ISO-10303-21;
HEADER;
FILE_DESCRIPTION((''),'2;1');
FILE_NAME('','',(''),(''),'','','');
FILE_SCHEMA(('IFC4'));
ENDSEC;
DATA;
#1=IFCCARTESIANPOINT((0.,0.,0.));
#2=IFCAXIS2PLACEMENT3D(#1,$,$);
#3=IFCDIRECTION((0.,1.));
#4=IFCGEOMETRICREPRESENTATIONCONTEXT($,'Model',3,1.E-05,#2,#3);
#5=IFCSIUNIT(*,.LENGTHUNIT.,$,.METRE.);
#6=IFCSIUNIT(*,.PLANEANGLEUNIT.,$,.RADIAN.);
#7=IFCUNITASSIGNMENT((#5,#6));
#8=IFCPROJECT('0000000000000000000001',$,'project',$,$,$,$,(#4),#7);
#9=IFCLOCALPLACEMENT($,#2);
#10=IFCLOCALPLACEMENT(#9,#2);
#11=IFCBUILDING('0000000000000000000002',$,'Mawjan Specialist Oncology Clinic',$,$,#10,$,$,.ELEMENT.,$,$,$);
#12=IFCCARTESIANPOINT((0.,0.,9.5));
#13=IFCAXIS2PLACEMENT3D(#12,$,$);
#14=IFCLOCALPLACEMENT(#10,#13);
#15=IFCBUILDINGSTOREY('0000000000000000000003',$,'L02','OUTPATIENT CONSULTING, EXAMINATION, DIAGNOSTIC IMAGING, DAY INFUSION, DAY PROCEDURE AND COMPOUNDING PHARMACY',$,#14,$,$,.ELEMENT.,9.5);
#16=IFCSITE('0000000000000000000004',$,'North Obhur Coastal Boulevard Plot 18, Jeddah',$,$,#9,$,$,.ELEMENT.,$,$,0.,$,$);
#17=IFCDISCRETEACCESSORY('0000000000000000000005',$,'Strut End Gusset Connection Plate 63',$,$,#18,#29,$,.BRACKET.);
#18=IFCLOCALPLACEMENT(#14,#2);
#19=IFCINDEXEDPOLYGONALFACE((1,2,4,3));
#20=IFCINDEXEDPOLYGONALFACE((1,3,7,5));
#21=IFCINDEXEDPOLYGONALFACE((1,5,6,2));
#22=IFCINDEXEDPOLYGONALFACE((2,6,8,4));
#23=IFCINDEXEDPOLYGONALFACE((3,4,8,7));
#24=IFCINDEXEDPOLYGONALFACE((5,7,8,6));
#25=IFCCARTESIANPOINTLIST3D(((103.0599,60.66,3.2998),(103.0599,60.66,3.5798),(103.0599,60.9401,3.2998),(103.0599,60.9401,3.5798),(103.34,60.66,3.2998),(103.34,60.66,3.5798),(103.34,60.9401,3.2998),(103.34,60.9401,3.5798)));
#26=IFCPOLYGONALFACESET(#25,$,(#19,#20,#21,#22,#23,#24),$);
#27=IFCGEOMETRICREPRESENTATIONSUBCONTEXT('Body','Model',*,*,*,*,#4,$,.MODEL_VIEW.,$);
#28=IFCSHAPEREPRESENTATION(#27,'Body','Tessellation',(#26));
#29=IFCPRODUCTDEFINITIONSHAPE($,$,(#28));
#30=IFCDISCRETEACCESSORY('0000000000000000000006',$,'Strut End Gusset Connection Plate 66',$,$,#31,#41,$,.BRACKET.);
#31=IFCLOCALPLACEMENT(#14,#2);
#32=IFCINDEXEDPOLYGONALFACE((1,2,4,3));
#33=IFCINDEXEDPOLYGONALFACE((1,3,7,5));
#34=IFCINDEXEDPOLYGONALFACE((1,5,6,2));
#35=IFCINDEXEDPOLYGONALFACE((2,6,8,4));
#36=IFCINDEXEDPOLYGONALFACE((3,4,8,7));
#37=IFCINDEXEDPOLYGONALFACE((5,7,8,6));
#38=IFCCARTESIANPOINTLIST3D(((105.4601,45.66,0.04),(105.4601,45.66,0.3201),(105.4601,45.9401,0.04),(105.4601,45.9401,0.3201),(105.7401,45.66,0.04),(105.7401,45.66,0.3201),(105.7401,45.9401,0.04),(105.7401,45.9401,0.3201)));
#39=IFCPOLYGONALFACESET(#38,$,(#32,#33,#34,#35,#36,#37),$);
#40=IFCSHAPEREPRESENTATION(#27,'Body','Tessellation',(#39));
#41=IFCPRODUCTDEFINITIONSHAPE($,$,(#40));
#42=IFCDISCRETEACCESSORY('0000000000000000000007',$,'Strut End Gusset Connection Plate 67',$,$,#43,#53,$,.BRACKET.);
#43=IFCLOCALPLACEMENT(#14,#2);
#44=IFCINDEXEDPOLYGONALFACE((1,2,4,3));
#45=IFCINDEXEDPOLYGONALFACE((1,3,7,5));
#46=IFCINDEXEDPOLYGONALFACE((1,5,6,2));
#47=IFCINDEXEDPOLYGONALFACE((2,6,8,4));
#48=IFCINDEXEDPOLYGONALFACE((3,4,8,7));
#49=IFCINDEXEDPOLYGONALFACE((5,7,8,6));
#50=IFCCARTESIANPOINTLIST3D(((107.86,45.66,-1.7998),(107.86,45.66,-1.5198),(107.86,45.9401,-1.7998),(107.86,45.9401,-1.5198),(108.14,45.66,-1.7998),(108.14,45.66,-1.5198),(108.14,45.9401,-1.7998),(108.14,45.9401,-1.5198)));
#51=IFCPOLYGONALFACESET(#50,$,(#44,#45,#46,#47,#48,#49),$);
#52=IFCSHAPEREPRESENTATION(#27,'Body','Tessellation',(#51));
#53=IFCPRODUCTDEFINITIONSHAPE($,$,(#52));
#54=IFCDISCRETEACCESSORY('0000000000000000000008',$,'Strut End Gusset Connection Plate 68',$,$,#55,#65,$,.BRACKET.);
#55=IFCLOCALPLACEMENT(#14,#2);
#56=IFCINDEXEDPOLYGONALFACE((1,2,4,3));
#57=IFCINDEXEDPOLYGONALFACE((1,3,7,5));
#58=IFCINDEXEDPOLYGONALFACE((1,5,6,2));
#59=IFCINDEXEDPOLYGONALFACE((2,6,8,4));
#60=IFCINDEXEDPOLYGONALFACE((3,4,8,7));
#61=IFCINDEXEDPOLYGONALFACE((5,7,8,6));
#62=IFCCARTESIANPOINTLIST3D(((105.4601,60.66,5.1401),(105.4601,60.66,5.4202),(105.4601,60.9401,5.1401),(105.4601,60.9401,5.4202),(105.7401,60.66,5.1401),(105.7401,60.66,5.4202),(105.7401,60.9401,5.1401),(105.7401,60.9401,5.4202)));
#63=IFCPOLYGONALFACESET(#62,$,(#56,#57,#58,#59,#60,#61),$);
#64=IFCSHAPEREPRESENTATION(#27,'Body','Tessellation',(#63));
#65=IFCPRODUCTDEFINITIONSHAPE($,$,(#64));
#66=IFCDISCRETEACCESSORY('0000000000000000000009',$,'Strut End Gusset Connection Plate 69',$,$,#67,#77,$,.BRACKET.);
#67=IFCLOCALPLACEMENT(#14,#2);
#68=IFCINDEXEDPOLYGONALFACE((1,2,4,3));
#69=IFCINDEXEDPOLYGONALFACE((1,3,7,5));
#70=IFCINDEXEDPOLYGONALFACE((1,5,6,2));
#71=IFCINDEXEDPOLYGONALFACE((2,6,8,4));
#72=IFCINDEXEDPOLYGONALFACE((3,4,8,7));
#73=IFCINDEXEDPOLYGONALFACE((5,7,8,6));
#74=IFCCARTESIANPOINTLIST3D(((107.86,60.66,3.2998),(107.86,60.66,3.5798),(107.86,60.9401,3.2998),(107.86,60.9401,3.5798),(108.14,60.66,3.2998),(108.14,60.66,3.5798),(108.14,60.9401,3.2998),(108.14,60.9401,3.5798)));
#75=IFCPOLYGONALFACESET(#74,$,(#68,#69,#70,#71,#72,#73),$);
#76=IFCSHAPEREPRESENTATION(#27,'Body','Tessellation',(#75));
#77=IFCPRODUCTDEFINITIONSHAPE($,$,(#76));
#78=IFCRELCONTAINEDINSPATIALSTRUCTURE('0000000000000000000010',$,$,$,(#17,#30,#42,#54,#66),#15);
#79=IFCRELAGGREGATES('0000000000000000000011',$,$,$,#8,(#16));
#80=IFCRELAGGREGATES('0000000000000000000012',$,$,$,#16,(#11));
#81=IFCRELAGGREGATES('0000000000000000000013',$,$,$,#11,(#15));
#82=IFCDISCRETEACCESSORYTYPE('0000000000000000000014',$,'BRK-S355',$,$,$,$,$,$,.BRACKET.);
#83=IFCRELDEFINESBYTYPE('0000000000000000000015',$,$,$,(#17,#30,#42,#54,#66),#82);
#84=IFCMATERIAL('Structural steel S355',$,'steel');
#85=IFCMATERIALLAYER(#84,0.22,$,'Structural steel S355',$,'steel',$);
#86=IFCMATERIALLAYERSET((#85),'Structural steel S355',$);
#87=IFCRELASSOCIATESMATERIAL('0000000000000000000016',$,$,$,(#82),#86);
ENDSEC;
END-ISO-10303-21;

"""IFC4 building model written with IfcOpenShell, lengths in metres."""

from ifc_helpers import new_model, si_unit, direction, frame, origin, origin_2d, place, context, subcontext, project, spatial, rectangle, extrude, material, layer, layer_set, type_object, element, save


model = new_model("IFC4")

# Units and contexts
model_context = context("Model", 3, precision=1e-05, world=origin(), true_north=direction((0.0, 1.0)))
body_context = subcontext(model_context, "Body", "Model", "MODEL_VIEW")
ifc_project = project(units=[si_unit("LENGTHUNIT", "METRE"), si_unit("PLANEANGLEUNIT", "RADIAN")], contexts=[model_context])

# Site, building, storey
site_placement = place(None, origin())
site = spatial("IfcSite", under=ifc_project, at=site_placement, Name="North Obhur Coastal Boulevard Plot 18, Jeddah", CompositionType="ELEMENT", RefElevation=0.0)
building_placement = place(site_placement, origin())
building = spatial("IfcBuilding", under=site, at=building_placement, Name="Mawjan Specialist Oncology Clinic", CompositionType="ELEMENT")
storey_placement = place(building_placement, frame((0.0, 0.0, 9.5)))
storey = spatial("IfcBuildingStorey", under=building, at=storey_placement, Name="L02", Description="OUTPATIENT CONSULTING, EXAMINATION, DIAGNOSTIC IMAGING, DAY INFUSION, DAY PROCEDURE AND COMPOUNDING PHARMACY", CompositionType="ELEMENT", Elevation=9.5)

# Discrete accessories
ifc_material_1 = material(Name="Structural steel S355", Category="steel")
ifc_layer_1 = layer(ifc_material_1, 0.22, Name="Structural steel S355", Category="steel")
ifc_layer_set_1 = layer_set([ifc_layer_1], Name="Structural steel S355")
discrete_accessory_type = type_object("IfcDiscreteAccessoryType", Name="BRK-S355", PredefinedType="BRACKET", material=ifc_layer_set_1)
for number, where, z_axis, x_axis, name in (
    (1, (103.2, 60.8, 3.2998), (0.0, 0.0, 1.0), (1.0, 0.0, 0.0), "Strut End Gusset Connection Plate 63"),
    (2, (105.6001, 45.8, 0.04), (0.0, 0.0, 1.0), (1.0, 0.0, 0.0), "Strut End Gusset Connection Plate 66"),
    (3, (108.0, 45.8, -1.7998), (0.0, 0.0, 1.0), (1.0, 0.0, 0.0), "Strut End Gusset Connection Plate 67"),
    (4, (105.6001, 60.8, 5.1401), (0.0, 0.0, 1.0), (1.0, 0.0, 0.0), "Strut End Gusset Connection Plate 68"),
    (5, (108.0, 60.8, 3.2998), (0.0, 0.0, 1.0), (1.0, 0.0, 0.0), "Strut End Gusset Connection Plate 69"),
):
    element("IfcDiscreteAccessory", number, at=place(storey_placement, frame(where, z_axis=z_axis, x_axis=x_axis)), inside=storey, type_object=discrete_accessory_type, Name=name, PredefinedType="BRACKET", context=body_context, shape_type="SweptSolid", body=[
        extrude(rectangle(XDim=0.28, YDim=0.28, at=origin_2d()), origin(), (0.0, 0.0, 1.0), 0.28),
    ])

save(model, "model.ifc")
